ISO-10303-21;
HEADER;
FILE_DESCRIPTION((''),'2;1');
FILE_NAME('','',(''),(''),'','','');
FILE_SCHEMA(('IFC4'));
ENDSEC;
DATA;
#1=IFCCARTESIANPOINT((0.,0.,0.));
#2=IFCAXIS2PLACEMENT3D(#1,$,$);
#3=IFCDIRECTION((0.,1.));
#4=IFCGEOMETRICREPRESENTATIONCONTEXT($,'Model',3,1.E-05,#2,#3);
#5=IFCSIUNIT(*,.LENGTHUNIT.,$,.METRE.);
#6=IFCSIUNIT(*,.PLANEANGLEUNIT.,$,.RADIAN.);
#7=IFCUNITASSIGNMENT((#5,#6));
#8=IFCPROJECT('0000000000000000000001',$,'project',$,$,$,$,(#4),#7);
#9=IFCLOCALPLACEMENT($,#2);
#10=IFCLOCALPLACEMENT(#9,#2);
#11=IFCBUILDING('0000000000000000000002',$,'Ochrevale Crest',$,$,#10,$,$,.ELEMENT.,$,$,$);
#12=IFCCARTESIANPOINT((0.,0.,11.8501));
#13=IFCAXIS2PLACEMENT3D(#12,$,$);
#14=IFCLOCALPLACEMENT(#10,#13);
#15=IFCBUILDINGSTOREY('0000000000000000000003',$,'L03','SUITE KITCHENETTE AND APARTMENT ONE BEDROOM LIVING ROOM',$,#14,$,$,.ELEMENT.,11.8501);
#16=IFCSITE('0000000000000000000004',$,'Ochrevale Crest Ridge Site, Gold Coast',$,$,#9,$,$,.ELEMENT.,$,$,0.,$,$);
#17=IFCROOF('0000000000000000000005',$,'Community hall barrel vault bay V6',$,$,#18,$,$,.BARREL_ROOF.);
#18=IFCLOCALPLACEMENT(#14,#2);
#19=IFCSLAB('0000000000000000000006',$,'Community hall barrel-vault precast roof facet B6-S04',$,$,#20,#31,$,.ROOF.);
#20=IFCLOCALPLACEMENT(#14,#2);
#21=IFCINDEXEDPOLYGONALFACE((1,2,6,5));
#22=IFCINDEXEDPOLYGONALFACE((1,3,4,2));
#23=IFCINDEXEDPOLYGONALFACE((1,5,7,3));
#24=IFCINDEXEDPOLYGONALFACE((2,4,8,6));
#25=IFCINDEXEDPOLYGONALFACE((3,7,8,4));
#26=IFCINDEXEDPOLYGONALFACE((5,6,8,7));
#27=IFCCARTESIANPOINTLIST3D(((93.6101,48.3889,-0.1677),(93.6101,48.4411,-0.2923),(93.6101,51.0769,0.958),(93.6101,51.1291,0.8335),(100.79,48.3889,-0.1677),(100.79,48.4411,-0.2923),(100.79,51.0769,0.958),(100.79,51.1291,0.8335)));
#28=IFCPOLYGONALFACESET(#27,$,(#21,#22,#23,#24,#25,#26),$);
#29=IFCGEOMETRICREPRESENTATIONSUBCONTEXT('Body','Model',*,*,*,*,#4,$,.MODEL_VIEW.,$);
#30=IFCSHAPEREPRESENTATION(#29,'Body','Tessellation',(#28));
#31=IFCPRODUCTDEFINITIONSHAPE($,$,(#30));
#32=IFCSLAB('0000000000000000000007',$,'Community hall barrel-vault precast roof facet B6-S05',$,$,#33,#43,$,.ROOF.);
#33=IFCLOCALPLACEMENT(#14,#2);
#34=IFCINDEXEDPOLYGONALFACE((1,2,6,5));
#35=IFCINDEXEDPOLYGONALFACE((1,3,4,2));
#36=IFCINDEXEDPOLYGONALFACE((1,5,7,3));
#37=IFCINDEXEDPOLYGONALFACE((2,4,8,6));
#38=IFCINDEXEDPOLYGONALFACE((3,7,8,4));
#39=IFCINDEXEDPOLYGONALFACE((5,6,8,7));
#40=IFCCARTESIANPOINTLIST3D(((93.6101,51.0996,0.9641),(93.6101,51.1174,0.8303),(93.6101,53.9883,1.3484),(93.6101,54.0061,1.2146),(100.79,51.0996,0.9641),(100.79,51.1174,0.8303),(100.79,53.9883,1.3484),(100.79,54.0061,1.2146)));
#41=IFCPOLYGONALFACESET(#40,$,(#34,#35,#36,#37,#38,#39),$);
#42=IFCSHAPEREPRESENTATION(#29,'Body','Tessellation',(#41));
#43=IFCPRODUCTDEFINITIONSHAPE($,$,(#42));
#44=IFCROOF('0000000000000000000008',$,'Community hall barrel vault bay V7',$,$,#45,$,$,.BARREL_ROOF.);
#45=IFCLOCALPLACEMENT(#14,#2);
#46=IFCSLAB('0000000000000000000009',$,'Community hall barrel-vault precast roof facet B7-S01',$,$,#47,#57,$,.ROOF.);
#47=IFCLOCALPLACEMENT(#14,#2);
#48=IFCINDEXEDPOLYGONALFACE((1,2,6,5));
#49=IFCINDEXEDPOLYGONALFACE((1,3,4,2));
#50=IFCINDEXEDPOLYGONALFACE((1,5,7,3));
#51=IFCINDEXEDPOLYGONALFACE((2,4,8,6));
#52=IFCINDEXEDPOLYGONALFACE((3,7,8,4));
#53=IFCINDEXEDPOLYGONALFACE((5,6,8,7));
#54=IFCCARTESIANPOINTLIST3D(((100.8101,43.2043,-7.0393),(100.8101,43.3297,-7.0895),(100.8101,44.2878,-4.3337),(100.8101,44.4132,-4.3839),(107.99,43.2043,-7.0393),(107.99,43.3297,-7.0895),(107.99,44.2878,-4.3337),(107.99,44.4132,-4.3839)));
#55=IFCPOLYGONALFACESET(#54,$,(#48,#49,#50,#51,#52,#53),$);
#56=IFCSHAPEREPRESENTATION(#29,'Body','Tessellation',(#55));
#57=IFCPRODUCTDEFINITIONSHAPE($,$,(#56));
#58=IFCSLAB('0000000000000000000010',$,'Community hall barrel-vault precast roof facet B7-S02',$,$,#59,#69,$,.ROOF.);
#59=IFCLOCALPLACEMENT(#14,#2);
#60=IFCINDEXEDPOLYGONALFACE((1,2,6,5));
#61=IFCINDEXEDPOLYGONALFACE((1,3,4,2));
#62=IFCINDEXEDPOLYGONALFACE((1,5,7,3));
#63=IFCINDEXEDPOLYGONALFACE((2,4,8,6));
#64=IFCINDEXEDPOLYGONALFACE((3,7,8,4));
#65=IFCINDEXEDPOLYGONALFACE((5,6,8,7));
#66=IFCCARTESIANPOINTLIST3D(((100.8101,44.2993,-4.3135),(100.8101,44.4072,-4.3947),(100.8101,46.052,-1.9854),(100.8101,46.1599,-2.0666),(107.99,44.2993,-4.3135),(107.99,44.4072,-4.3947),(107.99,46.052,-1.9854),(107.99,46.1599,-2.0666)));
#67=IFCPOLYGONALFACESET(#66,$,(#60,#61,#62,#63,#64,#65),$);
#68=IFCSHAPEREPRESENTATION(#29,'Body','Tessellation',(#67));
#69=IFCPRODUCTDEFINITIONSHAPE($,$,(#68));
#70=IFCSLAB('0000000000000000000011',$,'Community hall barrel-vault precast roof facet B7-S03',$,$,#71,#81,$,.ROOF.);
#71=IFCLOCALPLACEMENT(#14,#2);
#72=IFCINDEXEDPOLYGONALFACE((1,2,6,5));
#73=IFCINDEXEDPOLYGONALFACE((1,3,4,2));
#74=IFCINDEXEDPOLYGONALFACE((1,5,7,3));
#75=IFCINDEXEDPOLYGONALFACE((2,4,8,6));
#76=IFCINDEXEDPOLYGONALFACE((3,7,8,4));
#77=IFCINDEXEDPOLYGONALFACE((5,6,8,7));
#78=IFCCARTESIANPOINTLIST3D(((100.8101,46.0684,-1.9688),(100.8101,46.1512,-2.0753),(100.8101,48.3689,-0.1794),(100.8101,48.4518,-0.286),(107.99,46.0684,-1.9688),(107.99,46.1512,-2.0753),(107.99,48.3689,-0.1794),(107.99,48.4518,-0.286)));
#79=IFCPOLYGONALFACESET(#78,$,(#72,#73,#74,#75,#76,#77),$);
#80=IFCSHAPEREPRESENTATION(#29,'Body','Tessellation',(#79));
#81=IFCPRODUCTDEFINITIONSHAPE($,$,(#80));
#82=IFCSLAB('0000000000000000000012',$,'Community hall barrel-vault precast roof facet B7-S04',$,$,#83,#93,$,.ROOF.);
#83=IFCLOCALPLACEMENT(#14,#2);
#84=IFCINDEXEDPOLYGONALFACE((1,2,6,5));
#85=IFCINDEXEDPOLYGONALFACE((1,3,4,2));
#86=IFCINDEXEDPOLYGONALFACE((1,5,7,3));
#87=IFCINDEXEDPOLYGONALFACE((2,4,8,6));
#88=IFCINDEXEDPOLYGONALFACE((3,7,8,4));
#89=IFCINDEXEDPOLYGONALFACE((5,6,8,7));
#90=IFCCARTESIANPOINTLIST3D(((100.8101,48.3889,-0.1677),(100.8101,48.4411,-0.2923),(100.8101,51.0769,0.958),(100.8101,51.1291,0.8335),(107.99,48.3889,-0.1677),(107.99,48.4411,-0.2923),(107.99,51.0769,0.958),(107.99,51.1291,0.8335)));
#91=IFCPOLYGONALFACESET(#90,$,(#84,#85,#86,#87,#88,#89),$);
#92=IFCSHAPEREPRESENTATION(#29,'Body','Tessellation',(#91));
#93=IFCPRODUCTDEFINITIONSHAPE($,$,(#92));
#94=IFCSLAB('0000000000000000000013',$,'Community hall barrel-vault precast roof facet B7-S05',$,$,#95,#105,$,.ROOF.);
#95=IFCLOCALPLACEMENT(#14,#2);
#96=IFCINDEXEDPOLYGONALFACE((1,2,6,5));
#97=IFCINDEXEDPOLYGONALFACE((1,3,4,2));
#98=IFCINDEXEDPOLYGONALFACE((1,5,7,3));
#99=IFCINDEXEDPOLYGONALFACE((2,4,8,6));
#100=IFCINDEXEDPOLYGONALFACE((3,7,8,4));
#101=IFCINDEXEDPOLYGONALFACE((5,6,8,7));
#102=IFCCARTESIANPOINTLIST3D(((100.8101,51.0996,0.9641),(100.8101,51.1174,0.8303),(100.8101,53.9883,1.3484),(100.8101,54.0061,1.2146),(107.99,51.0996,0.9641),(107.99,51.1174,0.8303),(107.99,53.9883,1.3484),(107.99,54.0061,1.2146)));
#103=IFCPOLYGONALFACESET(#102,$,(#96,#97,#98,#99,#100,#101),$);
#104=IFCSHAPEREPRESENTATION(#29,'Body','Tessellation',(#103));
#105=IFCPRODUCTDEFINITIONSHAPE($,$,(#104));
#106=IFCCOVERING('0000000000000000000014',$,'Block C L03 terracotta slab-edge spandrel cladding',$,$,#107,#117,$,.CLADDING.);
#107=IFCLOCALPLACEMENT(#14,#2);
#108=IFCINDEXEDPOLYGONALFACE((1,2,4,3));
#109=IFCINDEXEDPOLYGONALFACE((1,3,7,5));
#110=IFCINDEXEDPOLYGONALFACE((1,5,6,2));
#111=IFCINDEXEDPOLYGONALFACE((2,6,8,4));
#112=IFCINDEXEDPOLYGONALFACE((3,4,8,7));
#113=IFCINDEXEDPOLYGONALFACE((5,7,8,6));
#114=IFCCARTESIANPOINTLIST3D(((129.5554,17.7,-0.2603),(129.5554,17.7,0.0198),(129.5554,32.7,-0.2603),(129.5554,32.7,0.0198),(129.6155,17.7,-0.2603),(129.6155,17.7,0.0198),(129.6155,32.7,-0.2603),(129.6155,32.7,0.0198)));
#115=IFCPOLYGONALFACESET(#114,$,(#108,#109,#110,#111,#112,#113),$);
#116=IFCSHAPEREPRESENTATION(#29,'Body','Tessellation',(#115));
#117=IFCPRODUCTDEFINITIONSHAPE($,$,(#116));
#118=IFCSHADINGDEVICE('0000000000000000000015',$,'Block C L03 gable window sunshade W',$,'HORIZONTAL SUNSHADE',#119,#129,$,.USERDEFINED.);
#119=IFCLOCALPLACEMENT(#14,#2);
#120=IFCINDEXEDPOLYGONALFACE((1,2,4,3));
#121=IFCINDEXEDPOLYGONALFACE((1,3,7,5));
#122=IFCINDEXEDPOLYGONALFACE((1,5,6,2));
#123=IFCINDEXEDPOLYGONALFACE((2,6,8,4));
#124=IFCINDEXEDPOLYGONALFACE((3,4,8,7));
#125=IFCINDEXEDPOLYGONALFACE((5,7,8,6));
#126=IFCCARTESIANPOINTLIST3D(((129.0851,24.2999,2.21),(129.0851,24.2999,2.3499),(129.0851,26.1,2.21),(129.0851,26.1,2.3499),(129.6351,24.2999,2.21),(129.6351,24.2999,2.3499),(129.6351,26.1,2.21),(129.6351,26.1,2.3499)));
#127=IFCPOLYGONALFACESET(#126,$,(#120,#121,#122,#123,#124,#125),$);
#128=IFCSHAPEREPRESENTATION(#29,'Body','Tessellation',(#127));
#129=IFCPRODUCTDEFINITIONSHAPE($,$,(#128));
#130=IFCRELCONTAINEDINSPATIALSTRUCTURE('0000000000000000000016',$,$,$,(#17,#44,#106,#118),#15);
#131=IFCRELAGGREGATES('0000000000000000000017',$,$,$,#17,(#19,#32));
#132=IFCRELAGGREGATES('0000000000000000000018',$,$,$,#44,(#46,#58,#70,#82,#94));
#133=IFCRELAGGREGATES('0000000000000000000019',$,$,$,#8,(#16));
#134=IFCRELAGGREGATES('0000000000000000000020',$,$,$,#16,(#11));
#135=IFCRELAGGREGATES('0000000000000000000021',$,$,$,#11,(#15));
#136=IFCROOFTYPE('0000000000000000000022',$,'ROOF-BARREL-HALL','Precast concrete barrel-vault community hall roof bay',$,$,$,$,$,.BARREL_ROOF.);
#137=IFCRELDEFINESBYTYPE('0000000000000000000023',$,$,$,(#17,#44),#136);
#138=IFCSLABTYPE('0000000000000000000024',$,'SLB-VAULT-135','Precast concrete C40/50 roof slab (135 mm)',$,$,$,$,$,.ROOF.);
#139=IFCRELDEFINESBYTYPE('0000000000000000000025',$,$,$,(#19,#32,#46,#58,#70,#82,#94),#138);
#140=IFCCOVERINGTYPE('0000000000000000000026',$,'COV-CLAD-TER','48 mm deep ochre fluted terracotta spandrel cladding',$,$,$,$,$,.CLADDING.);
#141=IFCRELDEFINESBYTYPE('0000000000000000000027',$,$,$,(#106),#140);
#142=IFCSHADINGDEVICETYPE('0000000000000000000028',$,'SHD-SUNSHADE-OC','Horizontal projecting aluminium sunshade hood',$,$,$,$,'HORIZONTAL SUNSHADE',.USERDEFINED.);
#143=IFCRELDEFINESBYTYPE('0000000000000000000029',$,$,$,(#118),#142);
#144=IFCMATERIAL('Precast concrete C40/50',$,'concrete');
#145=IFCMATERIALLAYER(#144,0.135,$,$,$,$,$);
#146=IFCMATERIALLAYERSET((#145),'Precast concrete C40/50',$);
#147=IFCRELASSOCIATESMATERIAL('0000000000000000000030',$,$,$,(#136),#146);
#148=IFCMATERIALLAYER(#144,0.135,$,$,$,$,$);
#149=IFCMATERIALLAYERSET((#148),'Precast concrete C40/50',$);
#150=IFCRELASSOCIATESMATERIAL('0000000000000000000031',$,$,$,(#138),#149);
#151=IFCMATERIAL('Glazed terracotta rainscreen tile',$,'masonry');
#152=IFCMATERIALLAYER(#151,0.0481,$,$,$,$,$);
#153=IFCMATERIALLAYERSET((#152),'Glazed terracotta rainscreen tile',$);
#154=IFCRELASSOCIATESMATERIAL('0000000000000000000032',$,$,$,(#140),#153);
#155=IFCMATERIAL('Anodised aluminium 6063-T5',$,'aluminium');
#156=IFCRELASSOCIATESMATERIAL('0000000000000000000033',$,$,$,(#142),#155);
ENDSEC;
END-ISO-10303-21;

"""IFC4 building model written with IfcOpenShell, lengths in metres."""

from ifc_helpers import new_model, si_unit, direction, frame, origin, origin_2d, place, context, subcontext, project, spatial, polyline, rectangle, outline, extrude, material, layer, layer_set, type_object, element, aggregate, save


model = new_model("IFC4")

# Units and contexts
model_context = context("Model", 3, precision=1e-05, world=origin(), true_north=direction((0.0, 1.0)))
body_context = subcontext(model_context, "Body", "Model", "MODEL_VIEW")
ifc_project = project(units=[si_unit("LENGTHUNIT", "METRE"), si_unit("PLANEANGLEUNIT", "RADIAN")], contexts=[model_context])

# Site, building, storey
site_placement = place(None, origin())
site = spatial("IfcSite", under=ifc_project, at=site_placement, Name="Ochrevale Crest Ridge Site, Gold Coast", CompositionType="ELEMENT", RefElevation=0.0)
building_placement = place(site_placement, origin())
building = spatial("IfcBuilding", under=site, at=building_placement, Name="Ochrevale Crest", CompositionType="ELEMENT")
storey_placement = place(building_placement, frame((0.0, 0.0, 11.8501)))
storey = spatial("IfcBuildingStorey", under=building, at=storey_placement, Name="L03", Description="SUITE KITCHENETTE AND APARTMENT ONE BEDROOM LIVING ROOM", CompositionType="ELEMENT", Elevation=11.8501)

# Shared definitions
ifc_material_1 = material(Name="Precast concrete C40/50", Category="concrete")

# Shared definitions
ifc_material_2 = material(Name="Anodised aluminium 6063-T5", Category="aluminium")

# Roofs, slabs
ifc_layer_1 = layer(ifc_material_1, 0.135)
ifc_layer_set_1 = layer_set([ifc_layer_1], Name="Precast concrete C40/50")
roof_type = type_object("IfcRoofType", Name="ROOF-BARREL-HALL", Description="Precast concrete barrel-vault community hall roof bay", PredefinedType="BARREL_ROOF", material=ifc_layer_set_1)
roof_1_placement = place(storey_placement, origin())
roof_1 = element("IfcRoof", 1, at=roof_1_placement, inside=storey, type_object=roof_type, Name="Community hall barrel vault bay V6", PredefinedType="BARREL_ROOF")
ifc_layer_2 = layer(ifc_material_1, 0.135)
ifc_layer_set_2 = layer_set([ifc_layer_2], Name="Precast concrete C40/50")
slab_type = type_object("IfcSlabType", Name="SLB-VAULT-135", Description="Precast concrete C40/50 roof slab (135 mm)", PredefinedType="ROOF", material=ifc_layer_set_2)
slab_1_placement = place(storey_placement, frame((93.6101, 48.3889, -0.1677), z_axis=(0.0, -0.386292, 0.922376), x_axis=(1.0, 0.0, 0.0)))
slab_1 = element("IfcSlab", 2, at=slab_1_placement, type_object=slab_type, Name="Community hall barrel-vault precast roof facet B6-S04", PredefinedType="ROOF", context=body_context, shape_type="SweptSolid", body=[
    extrude(outline(polyline([(0.0, 0.0), (7.1799, 0.0), (7.1799, 2.9142), (0.0, 2.9142), (0.0, 0.0)])), origin(), (0.0, 0.0, -1.0), 0.135),
])
slab_2_placement = place(storey_placement, frame((93.6101, 51.0996, 0.9641), z_axis=(0.0, -0.131867, 0.991267), x_axis=(1.0, 0.0, 0.0)))
slab_2 = element("IfcSlab", 3, at=slab_2_placement, type_object=slab_type, Name="Community hall barrel-vault precast roof facet B6-S05", PredefinedType="ROOF", context=body_context, shape_type="SweptSolid", body=[
    extrude(outline(polyline([(0.0, 0.0), (7.1799, 0.0), (7.1799, 2.9141), (0.0, 2.9141), (0.0, 0.0)])), origin(), (0.0, 0.0, -1.0), 0.135),
])
aggregate(roof_1, [slab_1, slab_2])
roof_2_placement = place(storey_placement, origin())
roof_2 = element("IfcRoof", 4, at=roof_2_placement, inside=storey, type_object=roof_type, Name="Community hall barrel vault bay V7", PredefinedType="BARREL_ROOF")
slab_3_placement = place(storey_placement, frame((100.8101, 43.2043, -7.0393), z_axis=(0.0, -0.928326, 0.371766), x_axis=(1.0, 0.0, 0.0)))
slab_3 = element("IfcSlab", 5, at=slab_3_placement, type_object=slab_type, Name="Community hall barrel-vault precast roof facet B7-S01", PredefinedType="ROOF", context=body_context, shape_type="SweptSolid", body=[
    extrude(outline(polyline([(0.0, 0.0), (7.1799, 0.0), (7.1799, 2.9145), (0.0, 2.9145), (0.0, 0.0)])), origin(), (0.0, 0.0, -1.0), 0.135),
])
slab_4_placement = place(storey_placement, frame((100.8101, 44.2993, -4.3135), z_axis=(0.0, -0.798913, 0.601447), x_axis=(1.0, 0.0, 0.0)))
slab_4 = element("IfcSlab", 6, at=slab_4_placement, type_object=slab_type, Name="Community hall barrel-vault precast roof facet B7-S02", PredefinedType="ROOF", context=body_context, shape_type="SweptSolid", body=[
    extrude(outline(polyline([(0.0, 0.0), (7.1799, 0.0), (7.1799, 2.9141), (0.0, 2.9141), (0.0, 0.0)])), origin(), (0.0, 0.0, -1.0), 0.135),
])
slab_5_placement = place(storey_placement, frame((100.8101, 46.0684, -1.9688), z_axis=(0.0, -0.613941, 0.789352), x_axis=(1.0, 0.0, 0.0)))
slab_5 = element("IfcSlab", 7, at=slab_5_placement, type_object=slab_type, Name="Community hall barrel-vault precast roof facet B7-S03", PredefinedType="ROOF", context=body_context, shape_type="SweptSolid", body=[
    extrude(outline(polyline([(0.0, 0.0), (7.1799, 0.0), (7.1799, 2.9145), (0.0, 2.9145), (0.0, 0.0)])), origin(), (0.0, 0.0, -1.0), 0.135),
])
slab_6_placement = place(storey_placement, frame((100.8101, 48.3889, -0.1677), z_axis=(0.0, -0.386292, 0.922376), x_axis=(1.0, 0.0, 0.0)))
slab_6 = element("IfcSlab", 8, at=slab_6_placement, type_object=slab_type, Name="Community hall barrel-vault precast roof facet B7-S04", PredefinedType="ROOF", context=body_context, shape_type="SweptSolid", body=[
    extrude(outline(polyline([(0.0, 0.0), (7.1799, 0.0), (7.1799, 2.9142), (0.0, 2.9142), (0.0, 0.0)])), origin(), (0.0, 0.0, -1.0), 0.135),
])
slab_7_placement = place(storey_placement, frame((100.8101, 51.0996, 0.9641), z_axis=(0.0, -0.131867, 0.991267), x_axis=(1.0, 0.0, 0.0)))
slab_7 = element("IfcSlab", 9, at=slab_7_placement, type_object=slab_type, Name="Community hall barrel-vault precast roof facet B7-S05", PredefinedType="ROOF", context=body_context, shape_type="SweptSolid", body=[
    extrude(outline(polyline([(0.0, 0.0), (7.1799, 0.0), (7.1799, 2.9141), (0.0, 2.9141), (0.0, 0.0)])), origin(), (0.0, 0.0, -1.0), 0.135),
])
aggregate(roof_2, [slab_3, slab_4, slab_5, slab_6, slab_7])

# Covering
ifc_material_3 = material(Name="Glazed terracotta rainscreen tile", Category="masonry")
ifc_layer_3 = layer(ifc_material_3, 0.0481)
ifc_layer_set_3 = layer_set([ifc_layer_3], Name="Glazed terracotta rainscreen tile")
covering_type = type_object("IfcCoveringType", Name="COV-CLAD-TER", Description="48 mm deep ochre fluted terracotta spandrel cladding", PredefinedType="CLADDING", material=ifc_layer_set_3)
covering_placement = place(storey_placement, frame((129.5854, 25.2, -0.2603), z_axis=(0.0, 0.0, 1.0), x_axis=(0.0, -1.0, 0.0)))
element("IfcCovering", 10, at=covering_placement, inside=storey, type_object=covering_type, Name="Block C L03 terracotta slab-edge spandrel cladding", PredefinedType="CLADDING", context=body_context, shape_type="SweptSolid", body=[
    extrude(rectangle(XDim=15.0, YDim=0.0601, at=origin_2d()), origin(), (0.0, 0.0, 1.0), 0.28),
])

# Shading device
shading_device_type = type_object("IfcShadingDeviceType", Name="SHD-SUNSHADE-OC", Description="Horizontal projecting aluminium sunshade hood", ElementType="HORIZONTAL SUNSHADE", PredefinedType="USERDEFINED", material=ifc_material_2)
shading_device_placement = place(storey_placement, frame((129.3601, 25.2, 2.21), z_axis=(0.0, 0.0, 1.0), x_axis=(1.0, 0.0, 0.0)))
element("IfcShadingDevice", 11, at=shading_device_placement, inside=storey, type_object=shading_device_type, Name="Block C L03 gable window sunshade W", ObjectType="HORIZONTAL SUNSHADE", PredefinedType="USERDEFINED", context=body_context, shape_type="SweptSolid", body=[
    extrude(rectangle(XDim=0.55, YDim=1.8, at=origin_2d()), origin(), (0.0, 0.0, 1.0), 0.1399),
])

save(model, "model.ifc")
